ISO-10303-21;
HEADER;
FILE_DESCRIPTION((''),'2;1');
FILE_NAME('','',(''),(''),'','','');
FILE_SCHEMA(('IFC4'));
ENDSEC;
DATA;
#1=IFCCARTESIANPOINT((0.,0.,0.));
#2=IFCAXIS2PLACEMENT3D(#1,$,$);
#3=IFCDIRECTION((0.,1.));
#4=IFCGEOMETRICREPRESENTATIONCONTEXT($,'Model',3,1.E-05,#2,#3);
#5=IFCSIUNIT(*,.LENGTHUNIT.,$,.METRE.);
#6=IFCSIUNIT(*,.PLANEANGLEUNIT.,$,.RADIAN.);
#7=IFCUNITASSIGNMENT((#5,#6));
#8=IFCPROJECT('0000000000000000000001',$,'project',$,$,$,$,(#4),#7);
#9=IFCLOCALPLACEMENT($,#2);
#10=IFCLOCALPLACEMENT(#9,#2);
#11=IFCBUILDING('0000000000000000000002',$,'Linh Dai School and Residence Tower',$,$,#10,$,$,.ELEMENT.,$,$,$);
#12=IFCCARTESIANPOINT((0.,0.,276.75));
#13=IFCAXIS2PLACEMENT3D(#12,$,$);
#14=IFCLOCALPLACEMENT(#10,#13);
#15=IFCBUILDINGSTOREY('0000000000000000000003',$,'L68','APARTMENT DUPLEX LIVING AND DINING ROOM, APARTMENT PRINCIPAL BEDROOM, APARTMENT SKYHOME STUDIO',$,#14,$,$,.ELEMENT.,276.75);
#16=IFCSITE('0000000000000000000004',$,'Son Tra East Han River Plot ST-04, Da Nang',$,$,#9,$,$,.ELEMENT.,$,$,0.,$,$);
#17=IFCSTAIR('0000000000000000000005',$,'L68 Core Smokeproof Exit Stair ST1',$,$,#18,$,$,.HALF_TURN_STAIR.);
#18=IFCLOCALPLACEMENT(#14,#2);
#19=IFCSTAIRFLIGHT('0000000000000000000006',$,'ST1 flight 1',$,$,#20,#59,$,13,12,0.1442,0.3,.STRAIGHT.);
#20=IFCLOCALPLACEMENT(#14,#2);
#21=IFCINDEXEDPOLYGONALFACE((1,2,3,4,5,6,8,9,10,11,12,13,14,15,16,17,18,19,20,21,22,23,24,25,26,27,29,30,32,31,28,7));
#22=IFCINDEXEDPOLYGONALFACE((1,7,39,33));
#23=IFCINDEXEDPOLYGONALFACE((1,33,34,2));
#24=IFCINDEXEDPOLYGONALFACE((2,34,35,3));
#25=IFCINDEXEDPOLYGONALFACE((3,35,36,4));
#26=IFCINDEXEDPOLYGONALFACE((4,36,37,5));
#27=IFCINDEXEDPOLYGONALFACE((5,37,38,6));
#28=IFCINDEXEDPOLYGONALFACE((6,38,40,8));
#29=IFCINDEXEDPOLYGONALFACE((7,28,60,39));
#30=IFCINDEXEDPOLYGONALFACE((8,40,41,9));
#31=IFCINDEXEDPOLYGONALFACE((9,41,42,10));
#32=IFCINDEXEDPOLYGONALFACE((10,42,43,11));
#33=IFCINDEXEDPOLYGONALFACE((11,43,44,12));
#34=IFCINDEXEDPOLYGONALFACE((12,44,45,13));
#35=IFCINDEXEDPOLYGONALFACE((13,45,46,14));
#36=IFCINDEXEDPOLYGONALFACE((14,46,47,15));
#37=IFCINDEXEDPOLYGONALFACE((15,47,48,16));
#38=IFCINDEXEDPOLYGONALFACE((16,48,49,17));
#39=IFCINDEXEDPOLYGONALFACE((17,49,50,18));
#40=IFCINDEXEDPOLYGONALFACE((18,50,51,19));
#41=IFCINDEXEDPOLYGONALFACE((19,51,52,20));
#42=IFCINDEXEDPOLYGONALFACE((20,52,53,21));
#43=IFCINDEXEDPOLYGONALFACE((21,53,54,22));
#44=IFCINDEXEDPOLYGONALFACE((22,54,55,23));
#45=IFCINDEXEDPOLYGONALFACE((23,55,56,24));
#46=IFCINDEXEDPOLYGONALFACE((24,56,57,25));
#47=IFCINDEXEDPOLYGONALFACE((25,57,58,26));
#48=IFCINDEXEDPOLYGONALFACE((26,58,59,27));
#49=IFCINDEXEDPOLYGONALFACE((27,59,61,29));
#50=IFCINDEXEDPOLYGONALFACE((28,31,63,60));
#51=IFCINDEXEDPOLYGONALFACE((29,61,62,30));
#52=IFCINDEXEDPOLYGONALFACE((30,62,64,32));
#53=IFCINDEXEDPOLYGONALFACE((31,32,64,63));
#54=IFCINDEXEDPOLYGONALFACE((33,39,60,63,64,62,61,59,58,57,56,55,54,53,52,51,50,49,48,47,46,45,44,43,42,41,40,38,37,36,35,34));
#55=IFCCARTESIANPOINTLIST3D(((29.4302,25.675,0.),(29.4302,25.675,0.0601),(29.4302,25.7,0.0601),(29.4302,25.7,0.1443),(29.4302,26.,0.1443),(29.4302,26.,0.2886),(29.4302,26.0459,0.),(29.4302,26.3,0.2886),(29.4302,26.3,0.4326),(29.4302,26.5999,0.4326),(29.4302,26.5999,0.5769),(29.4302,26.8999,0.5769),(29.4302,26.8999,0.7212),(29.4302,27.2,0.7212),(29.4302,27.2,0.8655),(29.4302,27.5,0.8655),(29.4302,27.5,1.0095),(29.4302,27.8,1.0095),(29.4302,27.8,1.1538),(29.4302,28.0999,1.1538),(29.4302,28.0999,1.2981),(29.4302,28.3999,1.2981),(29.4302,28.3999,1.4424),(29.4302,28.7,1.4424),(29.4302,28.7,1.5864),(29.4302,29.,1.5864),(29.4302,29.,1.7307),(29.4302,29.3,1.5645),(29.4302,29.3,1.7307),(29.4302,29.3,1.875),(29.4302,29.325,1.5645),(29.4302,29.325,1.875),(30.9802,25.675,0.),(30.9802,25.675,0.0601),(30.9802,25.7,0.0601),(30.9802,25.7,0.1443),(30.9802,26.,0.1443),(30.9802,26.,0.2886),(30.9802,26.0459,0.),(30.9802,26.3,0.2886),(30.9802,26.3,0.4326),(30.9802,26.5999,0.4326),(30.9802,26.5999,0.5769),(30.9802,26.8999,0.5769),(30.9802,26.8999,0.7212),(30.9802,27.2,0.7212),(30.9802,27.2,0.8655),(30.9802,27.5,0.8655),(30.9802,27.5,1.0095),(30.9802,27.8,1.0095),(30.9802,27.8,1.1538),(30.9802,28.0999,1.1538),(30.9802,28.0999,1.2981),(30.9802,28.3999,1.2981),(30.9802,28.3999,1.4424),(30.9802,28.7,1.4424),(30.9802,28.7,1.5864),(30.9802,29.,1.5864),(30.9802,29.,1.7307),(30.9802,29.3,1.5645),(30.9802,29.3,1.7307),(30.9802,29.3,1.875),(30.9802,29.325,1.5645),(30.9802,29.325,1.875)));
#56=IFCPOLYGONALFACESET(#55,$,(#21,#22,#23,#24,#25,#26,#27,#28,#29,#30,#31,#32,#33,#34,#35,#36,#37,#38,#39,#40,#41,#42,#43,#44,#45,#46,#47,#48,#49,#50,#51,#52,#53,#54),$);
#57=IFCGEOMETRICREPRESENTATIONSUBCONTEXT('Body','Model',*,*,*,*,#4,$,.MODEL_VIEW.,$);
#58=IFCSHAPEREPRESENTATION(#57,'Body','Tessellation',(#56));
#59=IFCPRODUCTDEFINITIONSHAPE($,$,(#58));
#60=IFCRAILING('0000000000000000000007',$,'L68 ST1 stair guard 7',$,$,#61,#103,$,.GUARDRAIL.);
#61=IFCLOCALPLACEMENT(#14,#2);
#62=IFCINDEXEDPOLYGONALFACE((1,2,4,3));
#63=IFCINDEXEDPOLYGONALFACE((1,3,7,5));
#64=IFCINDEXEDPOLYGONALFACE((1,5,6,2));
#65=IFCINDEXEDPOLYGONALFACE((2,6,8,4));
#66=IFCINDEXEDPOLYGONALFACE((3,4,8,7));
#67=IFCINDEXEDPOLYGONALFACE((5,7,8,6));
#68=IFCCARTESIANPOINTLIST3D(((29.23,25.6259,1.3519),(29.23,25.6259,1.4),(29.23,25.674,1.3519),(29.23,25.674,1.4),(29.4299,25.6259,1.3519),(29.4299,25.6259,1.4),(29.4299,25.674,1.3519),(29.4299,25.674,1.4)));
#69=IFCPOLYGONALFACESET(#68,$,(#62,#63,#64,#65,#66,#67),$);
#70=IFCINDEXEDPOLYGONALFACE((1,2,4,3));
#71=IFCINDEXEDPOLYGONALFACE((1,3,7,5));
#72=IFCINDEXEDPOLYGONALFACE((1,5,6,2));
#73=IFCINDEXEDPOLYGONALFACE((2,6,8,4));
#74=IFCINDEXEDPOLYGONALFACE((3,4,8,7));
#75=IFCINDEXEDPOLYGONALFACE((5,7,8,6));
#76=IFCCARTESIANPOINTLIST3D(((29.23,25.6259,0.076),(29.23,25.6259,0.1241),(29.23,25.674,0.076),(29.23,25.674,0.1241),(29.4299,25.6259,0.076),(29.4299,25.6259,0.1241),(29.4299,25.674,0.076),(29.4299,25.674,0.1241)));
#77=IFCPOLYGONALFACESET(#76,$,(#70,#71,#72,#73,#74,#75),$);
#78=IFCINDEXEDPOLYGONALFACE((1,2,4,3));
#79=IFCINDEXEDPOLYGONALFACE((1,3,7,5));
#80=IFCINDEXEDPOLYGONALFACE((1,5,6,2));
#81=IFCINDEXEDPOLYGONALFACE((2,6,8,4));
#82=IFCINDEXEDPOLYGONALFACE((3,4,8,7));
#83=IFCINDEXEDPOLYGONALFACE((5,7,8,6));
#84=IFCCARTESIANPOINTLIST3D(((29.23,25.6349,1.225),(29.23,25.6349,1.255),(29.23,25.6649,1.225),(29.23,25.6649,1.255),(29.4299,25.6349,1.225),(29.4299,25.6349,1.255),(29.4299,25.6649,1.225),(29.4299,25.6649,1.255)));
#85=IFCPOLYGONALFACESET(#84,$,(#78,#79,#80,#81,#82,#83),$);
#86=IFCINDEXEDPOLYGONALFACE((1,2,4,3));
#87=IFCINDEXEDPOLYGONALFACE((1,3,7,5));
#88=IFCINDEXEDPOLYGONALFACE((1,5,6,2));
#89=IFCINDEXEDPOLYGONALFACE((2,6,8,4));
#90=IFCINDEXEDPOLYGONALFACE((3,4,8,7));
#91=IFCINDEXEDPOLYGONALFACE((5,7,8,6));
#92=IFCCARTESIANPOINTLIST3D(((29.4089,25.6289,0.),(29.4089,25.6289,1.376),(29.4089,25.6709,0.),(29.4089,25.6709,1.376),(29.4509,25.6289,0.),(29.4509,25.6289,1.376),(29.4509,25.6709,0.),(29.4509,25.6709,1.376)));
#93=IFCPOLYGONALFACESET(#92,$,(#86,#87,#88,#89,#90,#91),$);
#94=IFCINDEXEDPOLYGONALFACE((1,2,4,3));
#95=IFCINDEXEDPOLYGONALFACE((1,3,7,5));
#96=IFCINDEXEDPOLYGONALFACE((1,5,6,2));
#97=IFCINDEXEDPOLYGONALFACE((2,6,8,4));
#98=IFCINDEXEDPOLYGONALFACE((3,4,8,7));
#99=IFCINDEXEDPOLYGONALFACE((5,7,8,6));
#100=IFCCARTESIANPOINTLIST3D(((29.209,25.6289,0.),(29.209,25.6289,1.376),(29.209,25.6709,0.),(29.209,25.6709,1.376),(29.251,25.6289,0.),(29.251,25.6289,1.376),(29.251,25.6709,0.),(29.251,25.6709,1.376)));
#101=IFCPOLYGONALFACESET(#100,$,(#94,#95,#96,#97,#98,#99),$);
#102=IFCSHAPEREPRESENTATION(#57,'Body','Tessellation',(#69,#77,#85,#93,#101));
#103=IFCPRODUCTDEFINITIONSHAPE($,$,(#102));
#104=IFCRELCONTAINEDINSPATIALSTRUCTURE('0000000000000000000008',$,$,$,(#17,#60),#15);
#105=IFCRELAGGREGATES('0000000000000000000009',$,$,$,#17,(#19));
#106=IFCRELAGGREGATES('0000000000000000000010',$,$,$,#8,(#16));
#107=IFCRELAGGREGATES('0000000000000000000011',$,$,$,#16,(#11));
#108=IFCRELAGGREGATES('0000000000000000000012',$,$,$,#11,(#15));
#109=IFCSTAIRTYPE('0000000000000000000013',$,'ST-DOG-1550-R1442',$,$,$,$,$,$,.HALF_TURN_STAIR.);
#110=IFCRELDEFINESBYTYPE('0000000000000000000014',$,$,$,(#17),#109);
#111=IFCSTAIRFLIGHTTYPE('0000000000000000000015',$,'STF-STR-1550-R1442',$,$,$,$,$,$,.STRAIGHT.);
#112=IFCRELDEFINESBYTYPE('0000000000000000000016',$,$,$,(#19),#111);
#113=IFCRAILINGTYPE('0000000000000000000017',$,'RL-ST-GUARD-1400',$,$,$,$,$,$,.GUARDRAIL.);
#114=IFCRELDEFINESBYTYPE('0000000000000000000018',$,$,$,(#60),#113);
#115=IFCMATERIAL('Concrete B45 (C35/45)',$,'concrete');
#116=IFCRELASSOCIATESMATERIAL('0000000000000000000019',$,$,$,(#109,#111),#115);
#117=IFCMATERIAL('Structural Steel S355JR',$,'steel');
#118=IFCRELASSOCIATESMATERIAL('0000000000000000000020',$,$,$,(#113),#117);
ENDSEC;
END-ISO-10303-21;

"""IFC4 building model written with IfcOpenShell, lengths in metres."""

from ifc_helpers import new_model, si_unit, direction, frame, origin, origin_2d, place, context, subcontext, project, spatial, polyline, rectangle, outline, extrude, source, transform, mapped, material, type_object, element, aggregate, save


model = new_model("IFC4")

# Units and contexts
model_context = context("Model", 3, precision=1e-05, world=origin(), true_north=direction((0.0, 1.0)))
body_context = subcontext(model_context, "Body", "Model", "MODEL_VIEW")
ifc_project = project(units=[si_unit("LENGTHUNIT", "METRE"), si_unit("PLANEANGLEUNIT", "RADIAN")], contexts=[model_context])

# Site, building, storey
site_placement = place(None, origin())
site = spatial("IfcSite", under=ifc_project, at=site_placement, Name="Son Tra East Han River Plot ST-04, Da Nang", CompositionType="ELEMENT", RefElevation=0.0)
building_placement = place(site_placement, origin())
building = spatial("IfcBuilding", under=site, at=building_placement, Name="Linh Dai School and Residence Tower", CompositionType="ELEMENT")
storey_placement = place(building_placement, frame((0.0, 0.0, 276.75)))
storey = spatial("IfcBuildingStorey", under=building, at=storey_placement, Name="L68", Description="APARTMENT DUPLEX LIVING AND DINING ROOM, APARTMENT PRINCIPAL BEDROOM, APARTMENT SKYHOME STUDIO", CompositionType="ELEMENT", Elevation=276.75)

# Shared definitions
ifc_material_1 = material(Name="Structural Steel S355JR", Category="steel")

# Shared definitions
ifc_material_2 = material(Name="Concrete B45 (C35/45)", Category="concrete")

# Stair, stair flight
stair_type = type_object("IfcStairType", Name="ST-DOG-1550-R1442", PredefinedType="HALF_TURN_STAIR", material=ifc_material_2)
stair_placement = place(storey_placement, origin())
stair = element("IfcStair", 1, at=stair_placement, inside=storey, type_object=stair_type, Name="L68 Core Smokeproof Exit Stair ST1", PredefinedType="HALF_TURN_STAIR")
stair_flight_type = type_object("IfcStairFlightType", Name="STF-STR-1550-R1442", PredefinedType="STRAIGHT", material=ifc_material_2)
shared_shape_1 = source(origin(), body_context, "Body", "SweptSolid", [
    extrude(outline(polyline([(-0.0249, 0.0), (-0.0249, 0.0601), (0.0, 0.0601), (0.0, 0.1443), (0.3, 0.1443), (0.3, 0.2886), (0.6001, 0.2886), (0.6001, 0.4326), (0.8999, 0.4326), (0.8999, 0.5769), (1.2, 0.5769), (1.2, 0.7212), (1.5, 0.7212), (1.5, 0.8655), (1.8, 0.8655), (1.8, 1.0095), (2.1001, 1.0095), (2.1001, 1.1538), (2.3999, 1.1538), (2.3999, 1.2981), (2.7, 1.2981), (2.7, 1.4424), (3.0, 1.4424), (3.0, 1.5864), (3.3, 1.5864), (3.3, 1.7307), (3.6001, 1.7307), (3.6001, 1.875), (3.625, 1.875), (3.625, 1.5645), (3.6001, 1.5645), (0.3459, 0.0), (-0.0249, 0.0)])), frame((0.0, 0.7749, 0.0), z_axis=(0.0, -1.0, 0.0), x_axis=(1.0, 0.0, 0.0)), (0.0, 0.0, 1.0), 1.55),
])
stair_flight_placement = place(storey_placement, frame((30.2051, 25.7, 0.0), z_axis=(0.0, 0.0, 1.0), x_axis=(0.0, 1.0, 0.0)))
stair_flight = element("IfcStairFlight", 2, at=stair_flight_placement, type_object=stair_flight_type, Name="ST1 flight 1", NumberOfRisers=13, NumberOfTreads=12, PredefinedType="STRAIGHT", RiserHeight=0.1442, TreadLength=0.3, context=body_context, shape_type="MappedRepresentation", body=[
    mapped(shared_shape_1, transform((0.0, 0.0, 0.0), x_axis=(1.0, 0.0, 0.0), y_axis=(0.0, 1.0, 0.0), z_axis=(0.0, 0.0, 1.0), scale=1.0)),
])
aggregate(stair, [stair_flight])

# Railing
railing_type = type_object("IfcRailingType", Name="RL-ST-GUARD-1400", PredefinedType="GUARDRAIL", material=ifc_material_1)
shared_shape_2 = source(origin(), body_context, "Body", "SweptSolid", [
    extrude(rectangle(XDim=0.0481, YDim=0.0481, at=origin_2d()), frame((0.0, 0.0, 1.376), z_axis=(-1.0, 0.0, 0.0), x_axis=(0.0, -1.0, 0.0)), (0.0, 0.0, 1.0), 0.2),
    extrude(rectangle(XDim=0.0481, YDim=0.0481, at=origin_2d()), frame((0.0, 0.0, 0.1001), z_axis=(-1.0, 0.0, 0.0), x_axis=(0.0, -1.0, 0.0)), (0.0, 0.0, 1.0), 0.2),
    extrude(rectangle(XDim=0.03, YDim=0.03, at=origin_2d()), frame((0.0, 0.0, 1.24), z_axis=(-1.0, 0.0, 0.0), x_axis=(0.0, -1.0, 0.0)), (0.0, 0.0, 1.0), 0.2),
    extrude(rectangle(XDim=0.042, YDim=0.042, at=origin_2d()), origin(), (0.0, 0.0, 1.0), 1.376),
    extrude(rectangle(XDim=0.042, YDim=0.042, at=origin_2d()), frame((-0.2, 0.0, 0.0)), (0.0, 0.0, 1.0), 1.376),
])
railing_1_placement = place(storey_placement, frame((29.4299, 25.6499, 0.0)))
element("IfcRailing", 3, at=railing_1_placement, inside=storey, type_object=railing_type, Name="L68 ST1 stair guard 7", PredefinedType="GUARDRAIL", context=body_context, shape_type="MappedRepresentation", body=[
    mapped(shared_shape_2, transform((0.0, 0.0, 0.0), x_axis=(1.0, 0.0, 0.0), y_axis=(0.0, 1.0, 0.0), z_axis=(0.0, 0.0, 1.0), scale=1.0)),
])

save(model, "model.ifc")
